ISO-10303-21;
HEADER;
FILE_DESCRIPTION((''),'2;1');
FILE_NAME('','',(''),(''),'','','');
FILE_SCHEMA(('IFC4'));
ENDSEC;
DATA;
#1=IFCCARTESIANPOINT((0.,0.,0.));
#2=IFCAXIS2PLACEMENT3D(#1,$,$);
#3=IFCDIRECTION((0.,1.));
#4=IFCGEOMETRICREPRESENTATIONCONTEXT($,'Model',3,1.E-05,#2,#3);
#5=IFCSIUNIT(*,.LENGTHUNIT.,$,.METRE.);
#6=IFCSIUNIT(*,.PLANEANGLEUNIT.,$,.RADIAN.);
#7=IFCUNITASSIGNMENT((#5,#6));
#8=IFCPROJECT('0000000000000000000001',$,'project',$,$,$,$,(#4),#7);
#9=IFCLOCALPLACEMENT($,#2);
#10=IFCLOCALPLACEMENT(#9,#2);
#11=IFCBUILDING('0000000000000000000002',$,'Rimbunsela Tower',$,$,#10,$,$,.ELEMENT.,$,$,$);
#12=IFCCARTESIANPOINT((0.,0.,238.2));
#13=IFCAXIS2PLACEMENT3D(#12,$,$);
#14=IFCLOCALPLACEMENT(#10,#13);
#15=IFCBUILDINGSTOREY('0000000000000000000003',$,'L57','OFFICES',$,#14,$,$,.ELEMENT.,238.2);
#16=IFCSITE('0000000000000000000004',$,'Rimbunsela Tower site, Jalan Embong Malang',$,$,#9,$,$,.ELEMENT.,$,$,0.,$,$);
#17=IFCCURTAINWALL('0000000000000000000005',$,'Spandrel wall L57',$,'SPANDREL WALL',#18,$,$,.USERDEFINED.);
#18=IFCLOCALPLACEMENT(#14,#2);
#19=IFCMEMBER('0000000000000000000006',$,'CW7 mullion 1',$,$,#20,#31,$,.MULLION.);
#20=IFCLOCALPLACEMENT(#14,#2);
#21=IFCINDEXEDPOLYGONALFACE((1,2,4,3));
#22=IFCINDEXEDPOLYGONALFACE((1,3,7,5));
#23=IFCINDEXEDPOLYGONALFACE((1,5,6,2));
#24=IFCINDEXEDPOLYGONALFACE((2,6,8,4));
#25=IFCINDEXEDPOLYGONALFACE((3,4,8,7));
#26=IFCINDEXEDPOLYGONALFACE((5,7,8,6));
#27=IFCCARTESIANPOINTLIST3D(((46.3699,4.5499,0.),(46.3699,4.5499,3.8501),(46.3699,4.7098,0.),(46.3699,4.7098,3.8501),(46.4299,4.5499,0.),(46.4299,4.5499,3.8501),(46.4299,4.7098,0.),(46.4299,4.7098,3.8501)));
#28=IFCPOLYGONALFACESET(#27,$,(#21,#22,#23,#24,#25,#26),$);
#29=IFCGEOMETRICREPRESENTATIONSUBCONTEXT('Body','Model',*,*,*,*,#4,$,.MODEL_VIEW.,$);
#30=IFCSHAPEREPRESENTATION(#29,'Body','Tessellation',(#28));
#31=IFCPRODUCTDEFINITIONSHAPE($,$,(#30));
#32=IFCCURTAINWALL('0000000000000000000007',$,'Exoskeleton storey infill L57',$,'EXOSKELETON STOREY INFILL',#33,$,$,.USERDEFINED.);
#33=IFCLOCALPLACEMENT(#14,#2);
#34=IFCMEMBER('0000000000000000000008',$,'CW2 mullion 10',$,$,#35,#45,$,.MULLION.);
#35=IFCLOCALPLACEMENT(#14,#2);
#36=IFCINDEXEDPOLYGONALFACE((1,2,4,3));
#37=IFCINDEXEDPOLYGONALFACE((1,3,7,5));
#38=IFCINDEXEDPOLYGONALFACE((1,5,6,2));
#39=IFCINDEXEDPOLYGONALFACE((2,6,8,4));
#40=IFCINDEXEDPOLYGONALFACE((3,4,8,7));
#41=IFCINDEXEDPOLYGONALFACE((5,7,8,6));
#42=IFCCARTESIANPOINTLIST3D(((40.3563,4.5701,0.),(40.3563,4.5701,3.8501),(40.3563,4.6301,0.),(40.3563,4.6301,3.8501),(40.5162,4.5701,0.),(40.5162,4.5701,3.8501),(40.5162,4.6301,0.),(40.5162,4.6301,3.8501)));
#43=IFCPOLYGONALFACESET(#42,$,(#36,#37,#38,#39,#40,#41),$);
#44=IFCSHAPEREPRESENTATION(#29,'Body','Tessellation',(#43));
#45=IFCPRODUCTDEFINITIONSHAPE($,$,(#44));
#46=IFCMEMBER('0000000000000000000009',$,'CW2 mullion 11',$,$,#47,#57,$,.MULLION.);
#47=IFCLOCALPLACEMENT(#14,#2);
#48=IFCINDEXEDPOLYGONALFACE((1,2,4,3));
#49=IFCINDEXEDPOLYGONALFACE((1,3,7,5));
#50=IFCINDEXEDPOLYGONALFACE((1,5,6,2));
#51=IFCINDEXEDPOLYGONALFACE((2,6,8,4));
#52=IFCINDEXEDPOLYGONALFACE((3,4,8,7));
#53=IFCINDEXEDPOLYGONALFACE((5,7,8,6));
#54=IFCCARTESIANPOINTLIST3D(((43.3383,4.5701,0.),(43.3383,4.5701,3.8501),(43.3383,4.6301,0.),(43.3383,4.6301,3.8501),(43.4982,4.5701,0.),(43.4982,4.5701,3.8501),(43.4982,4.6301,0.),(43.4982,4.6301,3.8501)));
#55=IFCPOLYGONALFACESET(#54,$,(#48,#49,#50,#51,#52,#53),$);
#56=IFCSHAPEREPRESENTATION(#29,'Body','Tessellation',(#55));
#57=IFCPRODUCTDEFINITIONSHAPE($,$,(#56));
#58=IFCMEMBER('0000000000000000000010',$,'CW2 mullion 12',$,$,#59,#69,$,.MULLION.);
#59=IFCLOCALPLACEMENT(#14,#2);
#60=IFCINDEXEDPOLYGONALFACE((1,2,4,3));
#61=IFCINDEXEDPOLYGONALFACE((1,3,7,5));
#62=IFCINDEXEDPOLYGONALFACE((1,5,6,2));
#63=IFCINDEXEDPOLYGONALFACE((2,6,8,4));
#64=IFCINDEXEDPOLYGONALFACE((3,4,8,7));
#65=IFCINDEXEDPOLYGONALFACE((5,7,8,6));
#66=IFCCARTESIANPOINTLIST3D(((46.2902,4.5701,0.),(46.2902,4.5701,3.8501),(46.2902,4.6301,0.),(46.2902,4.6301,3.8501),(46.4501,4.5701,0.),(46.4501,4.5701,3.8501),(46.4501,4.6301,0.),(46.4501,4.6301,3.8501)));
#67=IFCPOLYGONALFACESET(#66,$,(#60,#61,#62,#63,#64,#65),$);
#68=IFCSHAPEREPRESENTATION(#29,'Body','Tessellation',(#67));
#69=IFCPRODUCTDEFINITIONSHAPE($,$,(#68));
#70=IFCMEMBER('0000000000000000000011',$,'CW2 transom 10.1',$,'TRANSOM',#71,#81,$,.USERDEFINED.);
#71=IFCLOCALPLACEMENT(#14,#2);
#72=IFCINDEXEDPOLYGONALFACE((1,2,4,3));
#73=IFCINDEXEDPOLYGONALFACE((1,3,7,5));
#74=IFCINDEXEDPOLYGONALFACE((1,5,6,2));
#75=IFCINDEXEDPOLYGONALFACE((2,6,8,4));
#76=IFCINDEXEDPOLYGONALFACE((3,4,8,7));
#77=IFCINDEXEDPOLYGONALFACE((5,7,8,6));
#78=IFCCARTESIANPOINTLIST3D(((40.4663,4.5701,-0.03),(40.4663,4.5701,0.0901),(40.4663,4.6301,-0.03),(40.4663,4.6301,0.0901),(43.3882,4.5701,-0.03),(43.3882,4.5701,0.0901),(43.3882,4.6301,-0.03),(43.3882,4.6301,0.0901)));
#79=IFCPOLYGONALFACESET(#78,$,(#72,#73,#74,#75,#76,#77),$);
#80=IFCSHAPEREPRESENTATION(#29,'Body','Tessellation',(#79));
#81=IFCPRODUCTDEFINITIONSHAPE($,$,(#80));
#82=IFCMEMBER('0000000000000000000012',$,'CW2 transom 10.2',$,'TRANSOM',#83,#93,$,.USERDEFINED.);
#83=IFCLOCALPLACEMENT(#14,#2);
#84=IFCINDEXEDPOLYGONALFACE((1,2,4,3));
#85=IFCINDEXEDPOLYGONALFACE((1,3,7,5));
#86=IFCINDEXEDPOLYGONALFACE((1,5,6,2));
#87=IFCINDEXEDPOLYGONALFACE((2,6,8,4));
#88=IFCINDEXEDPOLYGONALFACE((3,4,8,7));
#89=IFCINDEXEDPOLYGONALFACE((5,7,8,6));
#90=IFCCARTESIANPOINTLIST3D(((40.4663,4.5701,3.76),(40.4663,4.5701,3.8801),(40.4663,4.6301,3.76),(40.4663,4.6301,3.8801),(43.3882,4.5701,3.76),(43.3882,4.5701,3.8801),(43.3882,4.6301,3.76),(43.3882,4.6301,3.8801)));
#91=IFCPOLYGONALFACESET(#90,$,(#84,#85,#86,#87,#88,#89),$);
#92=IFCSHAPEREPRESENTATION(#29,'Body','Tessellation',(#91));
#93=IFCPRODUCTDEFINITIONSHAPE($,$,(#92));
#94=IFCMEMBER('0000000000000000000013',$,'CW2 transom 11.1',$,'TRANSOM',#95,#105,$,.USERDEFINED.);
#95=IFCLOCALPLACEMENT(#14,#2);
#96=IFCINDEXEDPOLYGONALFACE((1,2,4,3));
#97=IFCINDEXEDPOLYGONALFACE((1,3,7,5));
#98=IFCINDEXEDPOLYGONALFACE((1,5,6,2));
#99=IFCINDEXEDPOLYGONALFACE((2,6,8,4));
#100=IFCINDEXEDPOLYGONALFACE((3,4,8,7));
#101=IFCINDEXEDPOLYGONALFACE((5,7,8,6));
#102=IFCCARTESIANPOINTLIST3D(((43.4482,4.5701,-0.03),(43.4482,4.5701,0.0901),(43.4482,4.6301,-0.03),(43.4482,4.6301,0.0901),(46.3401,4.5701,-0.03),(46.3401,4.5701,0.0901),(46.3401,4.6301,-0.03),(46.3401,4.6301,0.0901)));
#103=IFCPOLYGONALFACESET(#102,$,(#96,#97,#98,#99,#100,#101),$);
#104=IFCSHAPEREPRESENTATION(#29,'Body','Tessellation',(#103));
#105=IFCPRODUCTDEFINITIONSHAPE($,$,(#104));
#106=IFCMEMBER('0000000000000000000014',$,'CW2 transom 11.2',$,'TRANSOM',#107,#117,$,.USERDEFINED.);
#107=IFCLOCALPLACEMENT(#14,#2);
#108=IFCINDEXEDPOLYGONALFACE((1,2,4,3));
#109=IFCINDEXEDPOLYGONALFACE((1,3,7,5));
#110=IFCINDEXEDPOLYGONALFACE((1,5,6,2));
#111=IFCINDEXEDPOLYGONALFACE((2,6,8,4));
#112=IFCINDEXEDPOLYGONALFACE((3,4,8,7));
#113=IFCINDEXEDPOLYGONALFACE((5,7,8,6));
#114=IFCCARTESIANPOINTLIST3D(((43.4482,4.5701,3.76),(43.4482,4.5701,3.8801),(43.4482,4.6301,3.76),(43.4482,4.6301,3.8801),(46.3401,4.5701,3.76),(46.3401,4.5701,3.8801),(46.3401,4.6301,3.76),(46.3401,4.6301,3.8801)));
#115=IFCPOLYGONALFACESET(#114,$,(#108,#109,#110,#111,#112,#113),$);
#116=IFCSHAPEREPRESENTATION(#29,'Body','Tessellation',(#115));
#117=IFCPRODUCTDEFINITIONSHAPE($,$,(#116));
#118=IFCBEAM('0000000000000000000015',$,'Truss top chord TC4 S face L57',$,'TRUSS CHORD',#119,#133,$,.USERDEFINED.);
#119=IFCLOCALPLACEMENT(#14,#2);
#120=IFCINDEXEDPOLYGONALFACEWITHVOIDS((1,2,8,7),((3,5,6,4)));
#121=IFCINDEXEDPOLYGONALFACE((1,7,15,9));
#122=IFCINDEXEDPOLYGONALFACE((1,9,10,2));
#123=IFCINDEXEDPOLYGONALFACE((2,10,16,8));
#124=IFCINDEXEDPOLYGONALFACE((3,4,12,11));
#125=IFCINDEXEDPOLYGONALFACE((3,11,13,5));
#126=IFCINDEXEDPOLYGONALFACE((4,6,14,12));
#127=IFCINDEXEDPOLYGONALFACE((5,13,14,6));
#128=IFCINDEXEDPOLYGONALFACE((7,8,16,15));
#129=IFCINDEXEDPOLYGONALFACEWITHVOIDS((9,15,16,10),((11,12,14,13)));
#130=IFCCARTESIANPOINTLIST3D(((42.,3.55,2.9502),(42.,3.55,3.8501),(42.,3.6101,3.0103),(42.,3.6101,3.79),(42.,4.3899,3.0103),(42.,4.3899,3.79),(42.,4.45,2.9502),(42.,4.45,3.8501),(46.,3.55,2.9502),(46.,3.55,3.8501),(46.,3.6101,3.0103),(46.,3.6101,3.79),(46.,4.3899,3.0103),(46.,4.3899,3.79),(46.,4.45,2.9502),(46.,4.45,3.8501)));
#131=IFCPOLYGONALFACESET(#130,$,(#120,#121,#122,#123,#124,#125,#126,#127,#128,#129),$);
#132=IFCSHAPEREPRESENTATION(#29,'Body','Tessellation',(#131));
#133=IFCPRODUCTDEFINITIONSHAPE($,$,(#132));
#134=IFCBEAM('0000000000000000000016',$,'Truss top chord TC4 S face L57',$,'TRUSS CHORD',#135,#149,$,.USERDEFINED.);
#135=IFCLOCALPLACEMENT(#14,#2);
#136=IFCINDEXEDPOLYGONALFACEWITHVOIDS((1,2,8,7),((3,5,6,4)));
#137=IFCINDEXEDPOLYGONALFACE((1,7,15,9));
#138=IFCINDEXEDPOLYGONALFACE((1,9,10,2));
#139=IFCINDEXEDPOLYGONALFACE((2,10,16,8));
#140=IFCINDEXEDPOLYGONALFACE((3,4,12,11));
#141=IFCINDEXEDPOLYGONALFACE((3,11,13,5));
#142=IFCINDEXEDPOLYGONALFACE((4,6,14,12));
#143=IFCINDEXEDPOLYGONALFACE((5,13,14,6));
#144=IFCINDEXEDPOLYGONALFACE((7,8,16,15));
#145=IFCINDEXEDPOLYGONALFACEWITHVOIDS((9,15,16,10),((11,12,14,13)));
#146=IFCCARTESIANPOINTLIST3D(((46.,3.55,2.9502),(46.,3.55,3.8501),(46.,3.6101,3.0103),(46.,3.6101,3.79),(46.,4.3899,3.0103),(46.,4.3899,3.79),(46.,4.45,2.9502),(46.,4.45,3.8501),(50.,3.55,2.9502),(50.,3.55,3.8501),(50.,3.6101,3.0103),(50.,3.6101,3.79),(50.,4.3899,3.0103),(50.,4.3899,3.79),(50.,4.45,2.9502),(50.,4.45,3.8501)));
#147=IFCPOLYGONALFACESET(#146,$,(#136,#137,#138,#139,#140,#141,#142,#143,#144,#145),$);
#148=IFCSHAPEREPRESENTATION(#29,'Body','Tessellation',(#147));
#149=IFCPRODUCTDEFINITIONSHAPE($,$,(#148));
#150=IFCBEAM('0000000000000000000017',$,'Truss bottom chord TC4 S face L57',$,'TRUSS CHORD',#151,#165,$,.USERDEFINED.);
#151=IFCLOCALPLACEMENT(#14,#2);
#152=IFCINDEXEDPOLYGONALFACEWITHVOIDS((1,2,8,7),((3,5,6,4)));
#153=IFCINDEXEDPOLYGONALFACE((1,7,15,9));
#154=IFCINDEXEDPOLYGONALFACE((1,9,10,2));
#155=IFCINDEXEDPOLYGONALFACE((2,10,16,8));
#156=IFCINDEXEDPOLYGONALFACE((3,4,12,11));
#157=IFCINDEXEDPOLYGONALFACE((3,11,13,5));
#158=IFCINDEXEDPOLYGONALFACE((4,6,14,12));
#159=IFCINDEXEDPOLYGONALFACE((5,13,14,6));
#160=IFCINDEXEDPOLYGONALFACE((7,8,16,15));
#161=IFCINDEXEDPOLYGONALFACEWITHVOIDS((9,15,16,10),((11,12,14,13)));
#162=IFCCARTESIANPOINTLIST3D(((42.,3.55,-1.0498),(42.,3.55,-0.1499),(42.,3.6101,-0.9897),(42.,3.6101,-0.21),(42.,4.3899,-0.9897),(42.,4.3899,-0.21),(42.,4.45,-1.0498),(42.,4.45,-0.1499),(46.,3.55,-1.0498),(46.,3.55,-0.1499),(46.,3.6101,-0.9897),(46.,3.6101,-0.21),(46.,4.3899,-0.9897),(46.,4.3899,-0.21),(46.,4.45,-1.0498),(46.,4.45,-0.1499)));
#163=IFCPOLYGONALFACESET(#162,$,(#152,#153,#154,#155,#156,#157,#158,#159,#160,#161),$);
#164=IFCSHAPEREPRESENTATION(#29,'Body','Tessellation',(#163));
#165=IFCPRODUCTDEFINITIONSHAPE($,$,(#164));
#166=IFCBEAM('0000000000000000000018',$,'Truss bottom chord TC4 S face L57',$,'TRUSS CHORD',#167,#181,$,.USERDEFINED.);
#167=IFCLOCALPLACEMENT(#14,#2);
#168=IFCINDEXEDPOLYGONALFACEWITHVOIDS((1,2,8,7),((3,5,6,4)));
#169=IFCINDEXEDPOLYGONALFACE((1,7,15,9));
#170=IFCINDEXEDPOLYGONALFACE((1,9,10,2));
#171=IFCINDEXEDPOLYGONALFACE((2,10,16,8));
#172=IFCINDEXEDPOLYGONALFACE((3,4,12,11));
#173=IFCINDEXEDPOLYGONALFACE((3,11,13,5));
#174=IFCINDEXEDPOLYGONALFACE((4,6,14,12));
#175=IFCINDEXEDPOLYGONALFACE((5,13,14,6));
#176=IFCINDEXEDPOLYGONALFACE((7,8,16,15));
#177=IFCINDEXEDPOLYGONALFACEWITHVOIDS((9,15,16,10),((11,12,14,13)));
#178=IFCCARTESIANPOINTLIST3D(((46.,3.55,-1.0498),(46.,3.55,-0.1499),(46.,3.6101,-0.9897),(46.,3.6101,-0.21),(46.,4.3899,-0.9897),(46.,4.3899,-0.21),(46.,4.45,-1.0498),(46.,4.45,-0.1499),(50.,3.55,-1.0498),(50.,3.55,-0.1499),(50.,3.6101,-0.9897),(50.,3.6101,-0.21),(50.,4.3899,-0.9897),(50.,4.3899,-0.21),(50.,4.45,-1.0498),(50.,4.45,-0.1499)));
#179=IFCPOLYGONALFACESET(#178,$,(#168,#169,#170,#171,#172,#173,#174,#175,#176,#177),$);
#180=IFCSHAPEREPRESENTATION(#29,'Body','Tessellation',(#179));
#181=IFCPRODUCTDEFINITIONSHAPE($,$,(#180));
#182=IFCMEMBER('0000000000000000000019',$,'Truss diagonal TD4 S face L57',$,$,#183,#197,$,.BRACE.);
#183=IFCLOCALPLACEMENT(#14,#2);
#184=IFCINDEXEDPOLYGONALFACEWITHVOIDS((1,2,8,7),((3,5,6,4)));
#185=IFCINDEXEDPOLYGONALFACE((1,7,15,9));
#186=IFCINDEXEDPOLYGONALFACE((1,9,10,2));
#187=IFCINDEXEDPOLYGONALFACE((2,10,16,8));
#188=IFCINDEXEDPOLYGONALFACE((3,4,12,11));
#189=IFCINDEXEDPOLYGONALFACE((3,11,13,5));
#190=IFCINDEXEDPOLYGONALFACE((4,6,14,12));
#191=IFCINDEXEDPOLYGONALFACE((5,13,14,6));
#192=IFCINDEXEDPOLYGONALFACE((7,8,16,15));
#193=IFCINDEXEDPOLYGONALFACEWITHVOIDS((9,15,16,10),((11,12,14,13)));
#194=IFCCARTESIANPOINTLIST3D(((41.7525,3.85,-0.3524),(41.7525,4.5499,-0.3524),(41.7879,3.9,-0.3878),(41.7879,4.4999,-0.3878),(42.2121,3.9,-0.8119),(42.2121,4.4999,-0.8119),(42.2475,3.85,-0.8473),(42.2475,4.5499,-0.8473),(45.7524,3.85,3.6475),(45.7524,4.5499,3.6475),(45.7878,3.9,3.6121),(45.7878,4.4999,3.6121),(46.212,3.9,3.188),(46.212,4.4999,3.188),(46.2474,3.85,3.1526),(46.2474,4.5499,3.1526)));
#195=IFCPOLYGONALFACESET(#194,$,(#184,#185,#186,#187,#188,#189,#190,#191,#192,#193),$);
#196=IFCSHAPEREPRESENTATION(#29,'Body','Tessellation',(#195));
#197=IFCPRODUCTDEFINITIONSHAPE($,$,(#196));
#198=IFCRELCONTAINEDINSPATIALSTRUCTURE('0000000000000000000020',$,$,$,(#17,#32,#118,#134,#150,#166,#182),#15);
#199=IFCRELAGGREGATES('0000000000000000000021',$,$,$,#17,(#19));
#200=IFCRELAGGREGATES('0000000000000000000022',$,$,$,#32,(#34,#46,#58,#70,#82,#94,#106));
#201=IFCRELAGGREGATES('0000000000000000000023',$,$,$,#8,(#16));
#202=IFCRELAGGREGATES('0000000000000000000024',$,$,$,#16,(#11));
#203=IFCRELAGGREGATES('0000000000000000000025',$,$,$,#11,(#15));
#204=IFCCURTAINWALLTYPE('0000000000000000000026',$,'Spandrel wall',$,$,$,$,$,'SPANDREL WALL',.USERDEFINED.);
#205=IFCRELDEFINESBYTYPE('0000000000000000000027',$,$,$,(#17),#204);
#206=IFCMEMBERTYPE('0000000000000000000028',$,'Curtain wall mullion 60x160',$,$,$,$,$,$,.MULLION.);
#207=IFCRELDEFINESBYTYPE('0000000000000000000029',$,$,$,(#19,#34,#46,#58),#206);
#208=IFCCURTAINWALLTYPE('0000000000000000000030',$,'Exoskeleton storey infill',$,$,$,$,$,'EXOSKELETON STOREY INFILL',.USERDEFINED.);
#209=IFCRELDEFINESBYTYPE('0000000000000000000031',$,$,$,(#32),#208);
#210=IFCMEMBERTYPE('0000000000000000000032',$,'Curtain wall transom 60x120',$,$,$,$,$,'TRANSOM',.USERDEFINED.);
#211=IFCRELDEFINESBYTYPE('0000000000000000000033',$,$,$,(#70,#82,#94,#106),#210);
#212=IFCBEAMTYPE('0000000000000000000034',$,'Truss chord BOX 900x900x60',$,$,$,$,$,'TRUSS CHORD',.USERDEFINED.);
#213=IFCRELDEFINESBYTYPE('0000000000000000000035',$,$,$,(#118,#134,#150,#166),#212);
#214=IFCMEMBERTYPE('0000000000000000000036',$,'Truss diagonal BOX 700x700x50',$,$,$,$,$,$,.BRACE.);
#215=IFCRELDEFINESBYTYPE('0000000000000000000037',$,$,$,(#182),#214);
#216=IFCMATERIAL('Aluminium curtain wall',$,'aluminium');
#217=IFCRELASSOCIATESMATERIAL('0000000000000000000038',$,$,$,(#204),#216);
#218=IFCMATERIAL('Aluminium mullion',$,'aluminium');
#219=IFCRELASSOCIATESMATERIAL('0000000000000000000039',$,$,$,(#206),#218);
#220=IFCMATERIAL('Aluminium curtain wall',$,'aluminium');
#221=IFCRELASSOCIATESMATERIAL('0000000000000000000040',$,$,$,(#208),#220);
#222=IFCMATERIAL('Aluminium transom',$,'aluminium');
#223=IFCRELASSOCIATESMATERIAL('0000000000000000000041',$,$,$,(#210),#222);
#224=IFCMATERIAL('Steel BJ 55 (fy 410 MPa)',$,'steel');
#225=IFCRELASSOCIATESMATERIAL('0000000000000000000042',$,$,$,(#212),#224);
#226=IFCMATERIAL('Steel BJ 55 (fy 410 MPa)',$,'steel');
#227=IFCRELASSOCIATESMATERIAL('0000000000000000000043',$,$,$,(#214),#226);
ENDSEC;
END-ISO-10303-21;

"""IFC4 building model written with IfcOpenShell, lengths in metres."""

from ifc_helpers import new_model, si_unit, direction, frame, origin, origin_2d, place, context, subcontext, project, spatial, rectangle, hollow_rectangle, extrude, material, material_profile, profile_set, type_object, element, aggregate, save


model = new_model("IFC4")

# Units and contexts
model_context = context("Model", 3, precision=1e-05, world=origin(), true_north=direction((0.0, 1.0)))
body_context = subcontext(model_context, "Body", "Model", "MODEL_VIEW")
ifc_project = project(units=[si_unit("LENGTHUNIT", "METRE"), si_unit("PLANEANGLEUNIT", "RADIAN")], contexts=[model_context])

# Site, building, storey
site_placement = place(None, origin())
site = spatial("IfcSite", under=ifc_project, at=site_placement, Name="Rimbunsela Tower site, Jalan Embong Malang", CompositionType="ELEMENT", RefElevation=0.0)
building_placement = place(site_placement, origin())
building = spatial("IfcBuilding", under=site, at=building_placement, Name="Rimbunsela Tower", CompositionType="ELEMENT")
storey_placement = place(building_placement, frame((0.0, 0.0, 238.2)))
storey = spatial("IfcBuildingStorey", under=building, at=storey_placement, Name="L57", Description="OFFICES", CompositionType="ELEMENT", Elevation=238.2)

# Curtain wall, member
ifc_material_1 = material(Name="Aluminium curtain wall", Category="aluminium")
curtain_wall_type_1 = type_object("IfcCurtainWallType", Name="Spandrel wall", ElementType="SPANDREL WALL", PredefinedType="USERDEFINED", material=ifc_material_1)
curtain_wall_1_placement = place(storey_placement, origin())
curtain_wall_1 = element("IfcCurtainWall", 1, at=curtain_wall_1_placement, inside=storey, type_object=curtain_wall_type_1, Name="Spandrel wall L57", ObjectType="SPANDREL WALL", PredefinedType="USERDEFINED")
ifc_material_2 = material(Name="Aluminium mullion", Category="aluminium")
ifc_material_profile_1 = material_profile(ifc_material_2, rectangle(XDim=0.0601, YDim=0.1599, at=origin_2d()), Name="Mullion 60x160")
ifc_profile_set_1 = profile_set([ifc_material_profile_1], Name="Aluminium mullion")
member_type_1 = type_object("IfcMemberType", Name="Curtain wall mullion 60x160", PredefinedType="MULLION", material=ifc_profile_set_1)
member_1_placement = place(storey_placement, frame((46.3999, 4.6299, 0.0), z_axis=(0.0, 0.0, 1.0), x_axis=(-1.0, 0.0, 0.0)))
member_1 = element("IfcMember", 2, at=member_1_placement, type_object=member_type_1, Name="CW7 mullion 1", PredefinedType="MULLION", context=body_context, shape_type="SweptSolid", body=[
    extrude(rectangle(XDim=0.0601, YDim=0.1599, at=origin_2d()), origin(), (0.0, 0.0, 1.0), 3.8501),
])
aggregate(curtain_wall_1, [member_1])

# Curtain wall, members
ifc_material_3 = material(Name="Aluminium curtain wall", Category="aluminium")
curtain_wall_type_2 = type_object("IfcCurtainWallType", Name="Exoskeleton storey infill", ElementType="EXOSKELETON STOREY INFILL", PredefinedType="USERDEFINED", material=ifc_material_3)
curtain_wall_2_placement = place(storey_placement, origin())
curtain_wall_2 = element("IfcCurtainWall", 3, at=curtain_wall_2_placement, inside=storey, type_object=curtain_wall_type_2, Name="Exoskeleton storey infill L57", ObjectType="EXOSKELETON STOREY INFILL", PredefinedType="USERDEFINED")
member_2_placement = place(storey_placement, frame((40.4363, 4.6001, 0.0), z_axis=(0.0, 0.0, 1.0), x_axis=(0.0, 1.0, 0.0)))
member_2 = element("IfcMember", 4, at=member_2_placement, type_object=member_type_1, Name="CW2 mullion 10", PredefinedType="MULLION", context=body_context, shape_type="SweptSolid", body=[
    extrude(rectangle(XDim=0.0601, YDim=0.1599, at=origin_2d()), origin(), (0.0, 0.0, 1.0), 3.8501),
])
member_3_placement = place(storey_placement, frame((43.4182, 4.6001, 0.0), z_axis=(0.0, 0.0, 1.0), x_axis=(0.0, 1.0, 0.0)))
member_3 = element("IfcMember", 5, at=member_3_placement, type_object=member_type_1, Name="CW2 mullion 11", PredefinedType="MULLION", context=body_context, shape_type="SweptSolid", body=[
    extrude(rectangle(XDim=0.0601, YDim=0.1599, at=origin_2d()), origin(), (0.0, 0.0, 1.0), 3.8501),
])
member_4_placement = place(storey_placement, frame((46.3701, 4.6001, 0.0), z_axis=(0.0, 0.0, 1.0), x_axis=(0.0, 1.0, 0.0)))
member_4 = element("IfcMember", 6, at=member_4_placement, type_object=member_type_1, Name="CW2 mullion 12", PredefinedType="MULLION", context=body_context, shape_type="SweptSolid", body=[
    extrude(rectangle(XDim=0.0601, YDim=0.1599, at=origin_2d()), origin(), (0.0, 0.0, 1.0), 3.8501),
])
ifc_material_4 = material(Name="Aluminium transom", Category="aluminium")
ifc_material_profile_2 = material_profile(ifc_material_4, rectangle(XDim=0.0601, YDim=0.1201, at=origin_2d()), Name="Transom 60x120")
ifc_profile_set_2 = profile_set([ifc_material_profile_2], Name="Aluminium transom")
member_type_2 = type_object("IfcMemberType", Name="Curtain wall transom 60x120", ElementType="TRANSOM", PredefinedType="USERDEFINED", material=ifc_profile_set_2)
member_5_placement = place(storey_placement, frame((40.4663, 4.6001, 0.03), z_axis=(1.0, 0.0, 0.0), x_axis=(0.0, 1.0, 0.0)))
member_5 = element("IfcMember", 7, at=member_5_placement, type_object=member_type_2, Name="CW2 transom 10.1", ObjectType="TRANSOM", PredefinedType="USERDEFINED", context=body_context, shape_type="SweptSolid", body=[
    extrude(rectangle(XDim=0.0601, YDim=0.1201, at=origin_2d()), origin(), (0.0, 0.0, 1.0), 2.9219),
])
member_6_placement = place(storey_placement, frame((40.4663, 4.6001, 3.8201), z_axis=(1.0, 0.0, 0.0), x_axis=(0.0, 1.0, 0.0)))
member_6 = element("IfcMember", 8, at=member_6_placement, type_object=member_type_2, Name="CW2 transom 10.2", ObjectType="TRANSOM", PredefinedType="USERDEFINED", context=body_context, shape_type="SweptSolid", body=[
    extrude(rectangle(XDim=0.0601, YDim=0.1201, at=origin_2d()), origin(), (0.0, 0.0, 1.0), 2.9219),
])
member_7_placement = place(storey_placement, frame((43.4482, 4.6001, 0.03), z_axis=(1.0, 0.0, 0.0), x_axis=(0.0, 1.0, 0.0)))
member_7 = element("IfcMember", 9, at=member_7_placement, type_object=member_type_2, Name="CW2 transom 11.1", ObjectType="TRANSOM", PredefinedType="USERDEFINED", context=body_context, shape_type="SweptSolid", body=[
    extrude(rectangle(XDim=0.0601, YDim=0.1201, at=origin_2d()), origin(), (0.0, 0.0, 1.0), 2.8918),
])
member_8_placement = place(storey_placement, frame((43.4482, 4.6001, 3.8201), z_axis=(1.0, 0.0, 0.0), x_axis=(0.0, 1.0, 0.0)))
member_8 = element("IfcMember", 10, at=member_8_placement, type_object=member_type_2, Name="CW2 transom 11.2", ObjectType="TRANSOM", PredefinedType="USERDEFINED", context=body_context, shape_type="SweptSolid", body=[
    extrude(rectangle(XDim=0.0601, YDim=0.1201, at=origin_2d()), origin(), (0.0, 0.0, 1.0), 2.8918),
])

# Beams
ifc_material_5 = material(Name="Steel BJ 55 (fy 410 MPa)", Category="steel")
ifc_material_profile_3 = material_profile(ifc_material_5, hollow_rectangle(XDim=0.8999, YDim=0.8999, WallThickness=0.0601, at=origin_2d()), Name="BOX 900x900x60")
ifc_profile_set_3 = profile_set([ifc_material_profile_3], Name="Steel BJ 55 (fy 410 MPa)")
beam_type = type_object("IfcBeamType", Name="Truss chord BOX 900x900x60", ElementType="TRUSS CHORD", PredefinedType="USERDEFINED", material=ifc_profile_set_3)
for number, where, z_axis, x_axis, name in (
    (11, (42.0, 4.0, 3.4001), (1.0, 0.0, 0.0), (0.0, 1.0, 0.0), "Truss top chord TC4 S face L57"),
    (12, (46.0, 4.0, 3.4001), (1.0, 0.0, 0.0), (0.0, 1.0, 0.0), "Truss top chord TC4 S face L57"),
    (13, (42.0, 4.0, -0.5999), (1.0, 0.0, 0.0), (0.0, 1.0, 0.0), "Truss bottom chord TC4 S face L57"),
    (14, (46.0, 4.0, -0.5999), (1.0, 0.0, 0.0), (0.0, 1.0, 0.0), "Truss bottom chord TC4 S face L57"),
):
    element("IfcBeam", number, at=place(storey_placement, frame(where, z_axis=z_axis, x_axis=x_axis)), inside=storey, type_object=beam_type, Name=name, ObjectType="TRUSS CHORD", PredefinedType="USERDEFINED", context=body_context, shape_type="SweptSolid", body=[
        extrude(hollow_rectangle(XDim=0.8999, YDim=0.8999, WallThickness=0.0601, at=origin_2d()), origin(), (0.0, 0.0, 1.0), 4.0),
    ])

# Member
ifc_material_6 = material(Name="Steel BJ 55 (fy 410 MPa)", Category="steel")
ifc_material_profile_4 = material_profile(ifc_material_6, hollow_rectangle(XDim=0.7, YDim=0.7, WallThickness=0.05, at=origin_2d()), Name="BOX 700x700x50")
ifc_profile_set_4 = profile_set([ifc_material_profile_4], Name="Steel BJ 55 (fy 410 MPa)")
member_type_3 = type_object("IfcMemberType", Name="Truss diagonal BOX 700x700x50", PredefinedType="BRACE", material=ifc_profile_set_4)
for number, where, z_axis, x_axis, name in (
    (15, (42.0, 4.2, -0.5999), (0.707107, 0.0, 0.707107), (0.0, 1.0, 0.0), "Truss diagonal TD4 S face L57"),
):
    element("IfcMember", number, at=place(storey_placement, frame(where, z_axis=z_axis, x_axis=x_axis)), inside=storey, type_object=member_type_3, Name=name, PredefinedType="BRACE", context=body_context, shape_type="SweptSolid", body=[
        extrude(hollow_rectangle(XDim=0.7, YDim=0.7, WallThickness=0.05, at=origin_2d()), origin(), (0.0, 0.0, 1.0), 5.6567),
    ])

aggregate(curtain_wall_2, [member_2, member_3, member_4, member_5, member_6, member_7, member_8])

save(model, "model.ifc")
